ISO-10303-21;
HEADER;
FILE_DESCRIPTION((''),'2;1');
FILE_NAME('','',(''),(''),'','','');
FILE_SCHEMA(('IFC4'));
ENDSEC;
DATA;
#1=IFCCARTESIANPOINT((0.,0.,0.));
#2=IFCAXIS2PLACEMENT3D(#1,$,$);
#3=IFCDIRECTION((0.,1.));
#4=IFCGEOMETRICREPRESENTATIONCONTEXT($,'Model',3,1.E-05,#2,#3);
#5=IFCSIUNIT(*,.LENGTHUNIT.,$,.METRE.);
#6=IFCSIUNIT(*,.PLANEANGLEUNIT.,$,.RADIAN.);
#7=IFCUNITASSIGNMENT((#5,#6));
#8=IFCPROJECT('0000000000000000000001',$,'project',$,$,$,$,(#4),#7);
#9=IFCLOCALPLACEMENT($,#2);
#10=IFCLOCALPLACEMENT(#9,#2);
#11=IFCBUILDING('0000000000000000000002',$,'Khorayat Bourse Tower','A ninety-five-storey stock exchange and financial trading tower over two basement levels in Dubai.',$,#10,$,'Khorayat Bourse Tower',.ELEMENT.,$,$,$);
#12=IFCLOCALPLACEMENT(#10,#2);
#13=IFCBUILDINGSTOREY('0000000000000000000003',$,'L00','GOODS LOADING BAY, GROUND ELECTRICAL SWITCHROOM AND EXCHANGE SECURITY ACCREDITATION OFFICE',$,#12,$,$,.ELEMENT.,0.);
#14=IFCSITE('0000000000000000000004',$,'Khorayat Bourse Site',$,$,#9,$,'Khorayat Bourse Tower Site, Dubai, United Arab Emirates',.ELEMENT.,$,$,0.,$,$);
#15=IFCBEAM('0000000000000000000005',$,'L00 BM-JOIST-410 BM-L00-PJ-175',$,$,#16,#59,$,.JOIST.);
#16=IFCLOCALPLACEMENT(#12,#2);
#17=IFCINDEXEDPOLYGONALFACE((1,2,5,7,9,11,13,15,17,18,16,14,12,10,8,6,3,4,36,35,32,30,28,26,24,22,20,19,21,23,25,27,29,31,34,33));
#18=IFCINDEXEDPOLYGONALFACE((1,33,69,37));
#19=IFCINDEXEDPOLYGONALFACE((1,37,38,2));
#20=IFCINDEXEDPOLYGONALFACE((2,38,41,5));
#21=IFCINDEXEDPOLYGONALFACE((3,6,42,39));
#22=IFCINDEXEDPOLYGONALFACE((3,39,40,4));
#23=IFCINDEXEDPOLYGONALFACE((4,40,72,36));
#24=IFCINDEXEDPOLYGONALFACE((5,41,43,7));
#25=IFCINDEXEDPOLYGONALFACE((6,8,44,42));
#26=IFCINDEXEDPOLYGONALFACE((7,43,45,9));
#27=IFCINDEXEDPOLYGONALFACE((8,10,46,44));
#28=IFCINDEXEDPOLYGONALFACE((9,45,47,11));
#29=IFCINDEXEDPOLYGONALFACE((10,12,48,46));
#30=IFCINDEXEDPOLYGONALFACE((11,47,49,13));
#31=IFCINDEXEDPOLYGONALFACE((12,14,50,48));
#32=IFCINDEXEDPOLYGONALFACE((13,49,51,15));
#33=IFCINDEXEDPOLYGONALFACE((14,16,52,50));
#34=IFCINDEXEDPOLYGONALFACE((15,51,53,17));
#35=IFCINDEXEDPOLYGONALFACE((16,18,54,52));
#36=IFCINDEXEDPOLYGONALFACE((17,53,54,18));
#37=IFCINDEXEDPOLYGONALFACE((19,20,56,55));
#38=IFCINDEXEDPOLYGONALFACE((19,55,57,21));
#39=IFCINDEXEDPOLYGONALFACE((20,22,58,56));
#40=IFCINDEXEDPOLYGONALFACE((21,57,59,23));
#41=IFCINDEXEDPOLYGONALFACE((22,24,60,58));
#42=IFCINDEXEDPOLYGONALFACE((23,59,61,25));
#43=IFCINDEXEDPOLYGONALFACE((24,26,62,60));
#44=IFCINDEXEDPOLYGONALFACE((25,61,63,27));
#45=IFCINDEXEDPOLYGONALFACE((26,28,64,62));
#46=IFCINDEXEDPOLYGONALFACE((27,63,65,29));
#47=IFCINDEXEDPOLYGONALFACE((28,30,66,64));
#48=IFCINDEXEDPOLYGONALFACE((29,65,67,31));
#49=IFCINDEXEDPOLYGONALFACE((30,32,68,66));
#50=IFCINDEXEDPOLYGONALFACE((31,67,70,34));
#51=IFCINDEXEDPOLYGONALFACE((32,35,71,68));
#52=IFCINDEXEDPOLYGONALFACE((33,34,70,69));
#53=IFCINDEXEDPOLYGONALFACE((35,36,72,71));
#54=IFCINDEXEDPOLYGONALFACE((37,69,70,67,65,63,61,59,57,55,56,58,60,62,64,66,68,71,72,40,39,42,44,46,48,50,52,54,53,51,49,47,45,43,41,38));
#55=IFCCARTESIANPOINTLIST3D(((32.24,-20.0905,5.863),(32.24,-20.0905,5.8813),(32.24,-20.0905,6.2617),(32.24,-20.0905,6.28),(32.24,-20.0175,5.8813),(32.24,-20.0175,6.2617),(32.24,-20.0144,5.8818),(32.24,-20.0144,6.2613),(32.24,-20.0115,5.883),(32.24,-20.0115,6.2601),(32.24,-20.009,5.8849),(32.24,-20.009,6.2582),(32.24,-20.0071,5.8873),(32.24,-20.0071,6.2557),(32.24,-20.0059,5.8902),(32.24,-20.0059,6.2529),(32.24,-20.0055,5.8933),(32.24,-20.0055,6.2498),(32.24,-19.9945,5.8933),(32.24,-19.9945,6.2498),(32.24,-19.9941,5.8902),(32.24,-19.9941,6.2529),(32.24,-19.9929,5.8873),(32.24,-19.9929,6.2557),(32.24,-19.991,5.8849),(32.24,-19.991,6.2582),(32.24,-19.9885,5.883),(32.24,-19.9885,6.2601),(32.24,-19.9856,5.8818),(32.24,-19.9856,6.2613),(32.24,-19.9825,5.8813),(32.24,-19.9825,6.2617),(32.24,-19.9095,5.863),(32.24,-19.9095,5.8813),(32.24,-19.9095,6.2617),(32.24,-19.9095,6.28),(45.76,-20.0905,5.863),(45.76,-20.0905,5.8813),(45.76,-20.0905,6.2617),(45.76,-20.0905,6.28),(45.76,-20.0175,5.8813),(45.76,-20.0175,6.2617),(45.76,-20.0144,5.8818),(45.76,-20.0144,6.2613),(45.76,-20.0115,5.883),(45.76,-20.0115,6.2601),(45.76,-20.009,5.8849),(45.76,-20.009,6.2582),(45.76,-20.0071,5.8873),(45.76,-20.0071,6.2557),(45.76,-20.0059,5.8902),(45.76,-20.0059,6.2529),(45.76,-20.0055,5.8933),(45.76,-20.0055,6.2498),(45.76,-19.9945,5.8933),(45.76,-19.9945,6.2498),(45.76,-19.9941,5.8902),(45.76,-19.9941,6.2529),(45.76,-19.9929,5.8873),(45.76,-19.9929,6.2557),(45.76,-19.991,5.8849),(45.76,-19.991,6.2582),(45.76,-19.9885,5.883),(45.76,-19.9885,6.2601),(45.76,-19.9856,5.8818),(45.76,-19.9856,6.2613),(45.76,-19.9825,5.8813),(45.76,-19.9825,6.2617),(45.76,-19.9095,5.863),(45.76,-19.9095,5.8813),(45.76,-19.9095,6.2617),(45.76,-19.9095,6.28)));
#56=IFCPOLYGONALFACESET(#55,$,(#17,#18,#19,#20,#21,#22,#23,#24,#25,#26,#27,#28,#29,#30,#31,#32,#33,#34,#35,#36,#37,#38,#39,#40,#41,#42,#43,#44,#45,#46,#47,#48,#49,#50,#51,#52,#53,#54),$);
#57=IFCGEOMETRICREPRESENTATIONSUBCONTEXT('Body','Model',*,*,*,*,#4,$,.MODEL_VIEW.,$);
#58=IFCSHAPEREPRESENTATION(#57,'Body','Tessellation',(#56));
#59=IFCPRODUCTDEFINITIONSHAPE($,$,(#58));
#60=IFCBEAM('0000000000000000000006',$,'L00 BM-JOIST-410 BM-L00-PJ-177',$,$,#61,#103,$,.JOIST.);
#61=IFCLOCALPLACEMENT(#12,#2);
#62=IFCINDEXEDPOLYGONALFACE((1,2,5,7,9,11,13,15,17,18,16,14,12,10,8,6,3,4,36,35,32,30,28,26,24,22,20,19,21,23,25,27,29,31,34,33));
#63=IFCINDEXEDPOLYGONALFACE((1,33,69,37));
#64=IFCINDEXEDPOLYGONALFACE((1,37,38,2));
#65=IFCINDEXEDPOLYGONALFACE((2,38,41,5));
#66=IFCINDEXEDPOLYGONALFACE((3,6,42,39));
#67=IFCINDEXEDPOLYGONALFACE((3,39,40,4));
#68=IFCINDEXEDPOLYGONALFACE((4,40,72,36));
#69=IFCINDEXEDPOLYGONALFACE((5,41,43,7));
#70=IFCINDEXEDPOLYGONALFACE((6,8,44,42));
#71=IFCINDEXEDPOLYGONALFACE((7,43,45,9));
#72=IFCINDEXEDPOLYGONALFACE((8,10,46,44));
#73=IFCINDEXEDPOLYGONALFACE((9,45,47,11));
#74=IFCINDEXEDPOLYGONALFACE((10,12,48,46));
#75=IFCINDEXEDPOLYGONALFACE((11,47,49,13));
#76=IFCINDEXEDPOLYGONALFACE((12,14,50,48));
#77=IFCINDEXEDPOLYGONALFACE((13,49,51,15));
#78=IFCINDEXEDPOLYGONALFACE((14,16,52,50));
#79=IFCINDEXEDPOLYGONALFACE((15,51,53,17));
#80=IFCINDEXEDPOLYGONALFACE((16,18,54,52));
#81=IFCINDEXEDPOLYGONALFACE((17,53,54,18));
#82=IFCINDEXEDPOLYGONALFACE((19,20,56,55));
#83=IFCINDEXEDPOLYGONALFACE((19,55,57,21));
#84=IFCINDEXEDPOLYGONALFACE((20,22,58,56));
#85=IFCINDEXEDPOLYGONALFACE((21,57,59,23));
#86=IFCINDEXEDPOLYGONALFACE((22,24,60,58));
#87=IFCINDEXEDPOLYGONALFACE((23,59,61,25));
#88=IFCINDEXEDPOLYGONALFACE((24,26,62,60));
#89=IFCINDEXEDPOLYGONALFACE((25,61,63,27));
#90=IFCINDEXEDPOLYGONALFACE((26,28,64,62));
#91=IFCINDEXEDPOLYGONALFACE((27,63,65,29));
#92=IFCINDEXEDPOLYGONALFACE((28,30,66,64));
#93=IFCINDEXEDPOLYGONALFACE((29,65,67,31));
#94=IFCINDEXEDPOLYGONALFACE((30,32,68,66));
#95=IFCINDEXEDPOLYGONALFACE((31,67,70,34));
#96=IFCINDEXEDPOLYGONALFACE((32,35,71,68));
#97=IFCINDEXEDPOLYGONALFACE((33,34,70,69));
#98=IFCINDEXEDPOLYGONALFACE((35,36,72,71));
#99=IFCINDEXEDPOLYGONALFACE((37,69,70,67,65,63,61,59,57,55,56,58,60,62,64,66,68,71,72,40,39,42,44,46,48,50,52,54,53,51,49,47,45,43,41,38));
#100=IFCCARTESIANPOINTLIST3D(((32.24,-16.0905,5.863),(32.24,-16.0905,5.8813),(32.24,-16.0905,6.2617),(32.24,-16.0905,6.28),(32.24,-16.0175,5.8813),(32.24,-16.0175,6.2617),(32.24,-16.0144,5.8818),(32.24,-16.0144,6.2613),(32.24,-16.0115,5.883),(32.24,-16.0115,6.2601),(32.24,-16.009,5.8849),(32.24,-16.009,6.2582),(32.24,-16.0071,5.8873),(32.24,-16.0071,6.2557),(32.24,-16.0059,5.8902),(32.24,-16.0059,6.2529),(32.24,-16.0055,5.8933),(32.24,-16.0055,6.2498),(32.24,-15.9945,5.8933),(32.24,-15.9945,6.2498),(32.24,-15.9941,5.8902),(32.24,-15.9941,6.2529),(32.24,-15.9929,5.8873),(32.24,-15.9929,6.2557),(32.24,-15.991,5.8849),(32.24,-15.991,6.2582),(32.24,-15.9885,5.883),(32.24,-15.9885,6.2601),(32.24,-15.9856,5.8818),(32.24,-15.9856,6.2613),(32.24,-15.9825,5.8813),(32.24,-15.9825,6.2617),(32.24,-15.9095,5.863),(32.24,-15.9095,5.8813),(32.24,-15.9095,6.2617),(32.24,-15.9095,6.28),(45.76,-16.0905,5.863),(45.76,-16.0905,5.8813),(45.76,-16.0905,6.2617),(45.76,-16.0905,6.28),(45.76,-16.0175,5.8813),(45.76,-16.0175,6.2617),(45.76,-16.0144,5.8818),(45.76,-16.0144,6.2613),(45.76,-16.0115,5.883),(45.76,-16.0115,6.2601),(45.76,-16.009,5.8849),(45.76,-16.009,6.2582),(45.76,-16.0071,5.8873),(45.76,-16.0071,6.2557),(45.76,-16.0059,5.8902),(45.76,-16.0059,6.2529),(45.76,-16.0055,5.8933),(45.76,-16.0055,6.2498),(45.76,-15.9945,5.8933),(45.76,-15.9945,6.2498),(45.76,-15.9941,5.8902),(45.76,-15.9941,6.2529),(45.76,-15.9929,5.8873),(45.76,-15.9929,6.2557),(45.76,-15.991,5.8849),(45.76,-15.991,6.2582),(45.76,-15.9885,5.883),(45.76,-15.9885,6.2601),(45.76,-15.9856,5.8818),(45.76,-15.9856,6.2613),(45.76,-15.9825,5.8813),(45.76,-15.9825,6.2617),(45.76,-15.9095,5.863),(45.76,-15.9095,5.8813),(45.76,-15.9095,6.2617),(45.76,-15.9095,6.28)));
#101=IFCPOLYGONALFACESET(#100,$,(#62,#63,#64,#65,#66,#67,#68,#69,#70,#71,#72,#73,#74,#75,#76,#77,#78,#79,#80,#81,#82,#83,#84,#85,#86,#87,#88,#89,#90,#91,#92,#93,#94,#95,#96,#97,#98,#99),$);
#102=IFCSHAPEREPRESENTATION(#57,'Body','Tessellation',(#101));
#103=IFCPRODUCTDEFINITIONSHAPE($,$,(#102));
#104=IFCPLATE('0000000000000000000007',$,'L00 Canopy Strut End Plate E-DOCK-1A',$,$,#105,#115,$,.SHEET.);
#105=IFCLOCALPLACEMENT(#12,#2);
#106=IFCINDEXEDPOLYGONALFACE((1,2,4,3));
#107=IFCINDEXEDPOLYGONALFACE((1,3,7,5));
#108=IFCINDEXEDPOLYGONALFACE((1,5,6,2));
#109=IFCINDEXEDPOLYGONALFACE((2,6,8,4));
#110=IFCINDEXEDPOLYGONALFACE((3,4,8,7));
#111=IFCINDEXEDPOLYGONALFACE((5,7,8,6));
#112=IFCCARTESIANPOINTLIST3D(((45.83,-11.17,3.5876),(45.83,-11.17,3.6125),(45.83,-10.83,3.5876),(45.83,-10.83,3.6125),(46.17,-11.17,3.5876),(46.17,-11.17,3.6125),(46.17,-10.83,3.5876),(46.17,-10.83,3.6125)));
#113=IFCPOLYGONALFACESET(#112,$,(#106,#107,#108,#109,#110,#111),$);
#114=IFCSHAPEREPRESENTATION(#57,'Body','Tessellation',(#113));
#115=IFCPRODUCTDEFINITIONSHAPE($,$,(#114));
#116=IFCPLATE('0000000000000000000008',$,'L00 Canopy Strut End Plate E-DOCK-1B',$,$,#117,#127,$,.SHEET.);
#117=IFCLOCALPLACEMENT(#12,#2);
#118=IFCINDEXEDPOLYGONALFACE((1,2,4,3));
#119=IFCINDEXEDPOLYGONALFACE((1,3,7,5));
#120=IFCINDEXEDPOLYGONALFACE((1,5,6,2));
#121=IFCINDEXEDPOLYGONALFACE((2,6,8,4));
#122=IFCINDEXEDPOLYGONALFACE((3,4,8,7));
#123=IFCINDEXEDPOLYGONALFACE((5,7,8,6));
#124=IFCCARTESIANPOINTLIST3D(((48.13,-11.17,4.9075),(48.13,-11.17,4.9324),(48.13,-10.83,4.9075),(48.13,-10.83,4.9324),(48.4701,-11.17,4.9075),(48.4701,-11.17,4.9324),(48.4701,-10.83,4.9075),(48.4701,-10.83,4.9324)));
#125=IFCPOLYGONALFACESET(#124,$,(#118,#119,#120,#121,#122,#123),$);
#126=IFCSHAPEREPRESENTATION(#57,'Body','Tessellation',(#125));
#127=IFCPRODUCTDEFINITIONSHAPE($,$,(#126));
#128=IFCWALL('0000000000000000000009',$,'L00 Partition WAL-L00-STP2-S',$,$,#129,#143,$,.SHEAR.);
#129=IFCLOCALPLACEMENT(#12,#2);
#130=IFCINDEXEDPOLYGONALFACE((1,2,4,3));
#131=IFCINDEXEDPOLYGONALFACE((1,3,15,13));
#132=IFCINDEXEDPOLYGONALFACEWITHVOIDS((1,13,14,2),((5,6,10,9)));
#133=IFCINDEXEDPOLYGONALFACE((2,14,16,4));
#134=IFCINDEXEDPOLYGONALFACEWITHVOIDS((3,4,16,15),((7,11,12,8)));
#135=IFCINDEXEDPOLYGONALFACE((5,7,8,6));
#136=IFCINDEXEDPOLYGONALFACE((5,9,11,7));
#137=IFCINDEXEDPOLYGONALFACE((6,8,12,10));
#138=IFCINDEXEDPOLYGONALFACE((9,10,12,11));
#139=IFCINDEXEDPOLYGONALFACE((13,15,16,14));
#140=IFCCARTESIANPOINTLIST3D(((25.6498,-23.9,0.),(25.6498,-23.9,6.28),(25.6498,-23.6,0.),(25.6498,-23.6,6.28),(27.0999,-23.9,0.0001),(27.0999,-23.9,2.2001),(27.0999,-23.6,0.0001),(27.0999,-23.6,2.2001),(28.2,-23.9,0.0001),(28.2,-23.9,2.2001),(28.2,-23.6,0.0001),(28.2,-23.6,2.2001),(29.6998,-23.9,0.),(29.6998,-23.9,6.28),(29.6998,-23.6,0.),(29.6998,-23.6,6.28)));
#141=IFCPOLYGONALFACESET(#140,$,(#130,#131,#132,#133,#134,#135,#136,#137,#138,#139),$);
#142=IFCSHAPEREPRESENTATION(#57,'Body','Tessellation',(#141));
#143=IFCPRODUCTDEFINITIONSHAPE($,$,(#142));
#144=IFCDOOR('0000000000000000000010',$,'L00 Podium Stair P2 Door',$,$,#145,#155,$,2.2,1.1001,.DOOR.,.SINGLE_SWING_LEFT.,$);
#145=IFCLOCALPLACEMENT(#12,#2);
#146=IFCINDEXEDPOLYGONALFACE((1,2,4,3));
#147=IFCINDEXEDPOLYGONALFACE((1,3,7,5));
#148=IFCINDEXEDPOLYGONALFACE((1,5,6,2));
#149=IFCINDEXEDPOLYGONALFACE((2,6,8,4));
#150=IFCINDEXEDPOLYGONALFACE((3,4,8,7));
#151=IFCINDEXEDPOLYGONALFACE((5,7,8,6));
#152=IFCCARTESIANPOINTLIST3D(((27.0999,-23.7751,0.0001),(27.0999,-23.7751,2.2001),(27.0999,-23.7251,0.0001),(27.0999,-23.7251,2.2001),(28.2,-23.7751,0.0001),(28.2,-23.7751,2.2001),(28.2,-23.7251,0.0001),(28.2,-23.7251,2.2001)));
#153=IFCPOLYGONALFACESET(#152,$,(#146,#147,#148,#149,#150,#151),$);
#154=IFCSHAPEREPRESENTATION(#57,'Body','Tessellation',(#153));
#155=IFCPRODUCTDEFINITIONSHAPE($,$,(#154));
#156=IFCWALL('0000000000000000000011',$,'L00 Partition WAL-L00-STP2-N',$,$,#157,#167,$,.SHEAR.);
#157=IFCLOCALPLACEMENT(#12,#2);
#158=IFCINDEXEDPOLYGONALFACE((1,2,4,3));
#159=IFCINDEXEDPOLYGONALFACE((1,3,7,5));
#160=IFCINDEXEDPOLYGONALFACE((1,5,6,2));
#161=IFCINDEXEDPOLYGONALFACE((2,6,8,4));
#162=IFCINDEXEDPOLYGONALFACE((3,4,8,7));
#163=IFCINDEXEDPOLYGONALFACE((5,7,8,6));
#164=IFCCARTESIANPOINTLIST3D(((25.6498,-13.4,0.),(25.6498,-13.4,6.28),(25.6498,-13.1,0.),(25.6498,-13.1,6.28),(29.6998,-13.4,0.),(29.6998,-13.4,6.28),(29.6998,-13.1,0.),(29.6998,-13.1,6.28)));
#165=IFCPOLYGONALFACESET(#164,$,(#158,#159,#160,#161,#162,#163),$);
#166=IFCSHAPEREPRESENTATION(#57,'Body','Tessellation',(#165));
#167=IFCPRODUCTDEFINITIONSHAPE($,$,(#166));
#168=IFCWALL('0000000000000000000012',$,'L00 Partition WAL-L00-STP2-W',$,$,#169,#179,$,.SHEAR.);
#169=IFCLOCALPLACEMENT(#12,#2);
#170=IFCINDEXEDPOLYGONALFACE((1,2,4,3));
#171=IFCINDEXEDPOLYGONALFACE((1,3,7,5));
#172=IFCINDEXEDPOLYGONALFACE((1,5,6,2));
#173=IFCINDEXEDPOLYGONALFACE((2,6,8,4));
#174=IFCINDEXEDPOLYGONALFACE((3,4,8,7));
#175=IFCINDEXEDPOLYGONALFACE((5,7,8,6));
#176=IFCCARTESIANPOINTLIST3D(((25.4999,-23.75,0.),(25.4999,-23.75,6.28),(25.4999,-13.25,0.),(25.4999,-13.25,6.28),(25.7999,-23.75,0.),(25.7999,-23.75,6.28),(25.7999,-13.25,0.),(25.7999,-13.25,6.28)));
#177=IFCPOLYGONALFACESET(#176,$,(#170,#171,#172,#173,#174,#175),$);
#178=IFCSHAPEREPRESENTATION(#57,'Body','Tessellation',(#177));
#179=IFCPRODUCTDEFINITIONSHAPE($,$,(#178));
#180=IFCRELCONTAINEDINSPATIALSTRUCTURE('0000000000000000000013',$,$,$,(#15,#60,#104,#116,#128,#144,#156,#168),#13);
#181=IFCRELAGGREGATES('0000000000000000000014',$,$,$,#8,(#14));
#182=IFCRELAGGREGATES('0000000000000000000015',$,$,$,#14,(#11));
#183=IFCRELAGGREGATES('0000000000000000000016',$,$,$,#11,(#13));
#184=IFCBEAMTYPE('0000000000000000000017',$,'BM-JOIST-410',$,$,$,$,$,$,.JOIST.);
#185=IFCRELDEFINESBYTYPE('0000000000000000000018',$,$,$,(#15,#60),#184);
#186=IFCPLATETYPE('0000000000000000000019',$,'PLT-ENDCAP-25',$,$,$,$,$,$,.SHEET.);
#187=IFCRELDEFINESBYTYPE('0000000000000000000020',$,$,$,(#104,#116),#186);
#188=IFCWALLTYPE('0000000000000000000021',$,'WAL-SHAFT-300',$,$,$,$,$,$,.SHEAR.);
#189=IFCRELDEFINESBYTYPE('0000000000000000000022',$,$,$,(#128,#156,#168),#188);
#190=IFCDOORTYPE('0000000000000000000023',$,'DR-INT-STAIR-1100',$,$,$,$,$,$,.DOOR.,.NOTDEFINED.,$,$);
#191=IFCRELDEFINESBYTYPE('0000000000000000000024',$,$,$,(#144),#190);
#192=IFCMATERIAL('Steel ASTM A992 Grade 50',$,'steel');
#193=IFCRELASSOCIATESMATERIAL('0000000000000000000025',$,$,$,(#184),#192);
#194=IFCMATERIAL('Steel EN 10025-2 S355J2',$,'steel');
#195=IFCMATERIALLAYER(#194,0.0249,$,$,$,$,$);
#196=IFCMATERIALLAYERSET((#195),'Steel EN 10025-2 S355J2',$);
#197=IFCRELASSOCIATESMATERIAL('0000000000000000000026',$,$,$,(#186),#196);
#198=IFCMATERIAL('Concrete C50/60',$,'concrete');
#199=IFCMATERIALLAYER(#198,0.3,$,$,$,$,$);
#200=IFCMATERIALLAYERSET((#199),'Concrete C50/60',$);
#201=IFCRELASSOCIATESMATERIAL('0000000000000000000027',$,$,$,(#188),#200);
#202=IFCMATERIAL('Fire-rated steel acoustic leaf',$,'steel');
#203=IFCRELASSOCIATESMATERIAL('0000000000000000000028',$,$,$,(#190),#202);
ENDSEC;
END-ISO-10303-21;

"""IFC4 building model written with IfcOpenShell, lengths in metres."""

from ifc_helpers import new_model, si_unit, direction, frame, frame_2d, origin, origin_2d, place, context, subcontext, project, spatial, rectangle, i_section, extrude, source, transform, mapped, material, layer, layer_set, material_profile, profile_set, type_object, element, fill, save


model = new_model("IFC4")

# Units and contexts
model_context = context("Model", 3, precision=1e-05, world=origin(), true_north=direction((0.0, 1.0)))
body_context = subcontext(model_context, "Body", "Model", "MODEL_VIEW")
ifc_project = project(units=[si_unit("LENGTHUNIT", "METRE"), si_unit("PLANEANGLEUNIT", "RADIAN")], contexts=[model_context])

# Site, building, storey
site_placement = place(None, origin())
site = spatial("IfcSite", under=ifc_project, at=site_placement, Name="Khorayat Bourse Site", LongName="Khorayat Bourse Tower Site, Dubai, United Arab Emirates", CompositionType="ELEMENT", RefElevation=0.0)
building_placement = place(site_placement, origin())
building = spatial("IfcBuilding", under=site, at=building_placement, Name="Khorayat Bourse Tower", Description="A ninety-five-storey stock exchange and financial trading tower over two basement levels in Dubai.", LongName="Khorayat Bourse Tower", CompositionType="ELEMENT")
storey_placement = place(building_placement, origin())
storey = spatial("IfcBuildingStorey", under=building, at=storey_placement, Name="L00", Description="GOODS LOADING BAY, GROUND ELECTRICAL SWITCHROOM AND EXCHANGE SECURITY ACCREDITATION OFFICE", CompositionType="ELEMENT", Elevation=0.0)

# Shared definitions
ifc_material_1 = material(Name="Steel EN 10025-2 S355J2", Category="steel")

# Beams
ifc_material_2 = material(Name="Steel ASTM A992 Grade 50", Category="steel")
ifc_material_profile_1 = material_profile(ifc_material_2, i_section(OverallWidth=0.1809, OverallDepth=0.417, WebThickness=0.011, FlangeThickness=0.0183, FilletRadius=0.012, at=origin_2d()), Name="W410X85")
ifc_profile_set_1 = profile_set([ifc_material_profile_1], Name="Steel ASTM A992 Grade 50")
beam_type_1 = type_object("IfcBeamType", Name="BM-JOIST-410", PredefinedType="JOIST", material=ifc_profile_set_1)
shared_shape_1 = source(origin(), body_context, "Body", "SweptSolid", [
    extrude(i_section(OverallWidth=0.1809, OverallDepth=0.417, WebThickness=0.011, FlangeThickness=0.0183, FilletRadius=0.012, at=origin_2d()), origin(), (0.0, 0.0, 1.0), 13.52),
])
for number, where, z_axis, x_axis, name in (
    (1, (32.24, -20.0, 6.0715), (1.0, 0.0, 0.0), (0.0, 1.0, 0.0), "L00 BM-JOIST-410 BM-L00-PJ-175"),
    (2, (32.24, -16.0, 6.0715), (1.0, 0.0, 0.0), (0.0, 1.0, 0.0), "L00 BM-JOIST-410 BM-L00-PJ-177"),
):
    element("IfcBeam", number, at=place(storey_placement, frame(where, z_axis=z_axis, x_axis=x_axis)), inside=storey, type_object=beam_type_1, Name=name, PredefinedType="JOIST", context=body_context, shape_type="MappedRepresentation", body=[
        mapped(shared_shape_1, transform((0.0, 0.0, 0.0), scale=1.0)),
    ])

# Plates
ifc_layer_1 = layer(ifc_material_1, 0.0249)
ifc_layer_set_1 = layer_set([ifc_layer_1], Name="Steel EN 10025-2 S355J2")
plate_type = type_object("IfcPlateType", Name="PLT-ENDCAP-25", PredefinedType="SHEET", material=ifc_layer_set_1)
shared_shape_2 = source(origin(), body_context, "Body", "SweptSolid", [
    extrude(rectangle(XDim=0.3401, YDim=0.3401, at=origin_2d()), origin(), (0.0, 0.0, 1.0), 0.0249),
])
for number, where, z_axis, x_axis, name in (
    (3, (46.0, -11.0, 3.5876), (0.0, 0.0, 1.0), (1.0, 0.0, 0.0), "L00 Canopy Strut End Plate E-DOCK-1A"),
    (4, (48.3, -11.0, 4.9075), (0.0, 0.0, 1.0), (1.0, 0.0, 0.0), "L00 Canopy Strut End Plate E-DOCK-1B"),
):
    element("IfcPlate", number, at=place(storey_placement, frame(where, z_axis=z_axis, x_axis=x_axis)), inside=storey, type_object=plate_type, Name=name, PredefinedType="SHEET", context=body_context, shape_type="MappedRepresentation", body=[
        mapped(shared_shape_2, transform((0.0, 0.0, 0.0), scale=1.0)),
    ])

# Wall, opening, door
ifc_material_3 = material(Name="Concrete C50/60", Category="concrete")
ifc_layer_2 = layer(ifc_material_3, 0.3)
ifc_layer_set_2 = layer_set([ifc_layer_2], Name="Concrete C50/60")
wall_type_1 = type_object("IfcWallType", Name="WAL-SHAFT-300", PredefinedType="SHEAR", material=ifc_layer_set_2)
shared_shape_3 = source(origin(), body_context, "Body", "SweptSolid", [
    extrude(rectangle(XDim=4.05, YDim=0.3, at=frame_2d((2.0249, 0.0))), origin(), (0.0, 0.0, 1.0), 6.28),
])
wall_1_placement = place(storey_placement, frame((25.6499, -23.75, 0.0), z_axis=(0.0, 0.0, 1.0), x_axis=(1.0, 0.0, 0.0)))
wall_1 = element("IfcWall", 5, at=wall_1_placement, inside=storey, type_object=wall_type_1, Name="L00 Partition WAL-L00-STP2-S", PredefinedType="SHEAR", context=body_context, shape_type="MappedRepresentation", body=[
    mapped(shared_shape_3, transform((0.0, 0.0, 0.0), scale=1.0)),
])
shared_shape_4 = source(origin(), body_context, "Body", "SweptSolid", [
    extrude(rectangle(XDim=1.1001, YDim=2.2, at=frame_2d((0.55, 1.1001))), frame((0.0, 0.1599, 0.0), z_axis=(0.0, -1.0, 0.0), x_axis=(1.0, 0.0, 0.0)), (0.0, 0.0, 1.0), 0.3201),
])
opening_placement = place(wall_1_placement, frame((1.45, 0.0, 0.0)))
opening = element("IfcOpeningElement", 6, at=opening_placement, cuts=wall_1, PredefinedType="OPENING", context=body_context, shape_type="MappedRepresentation", body=[
    mapped(shared_shape_4, transform((0.0, 0.0, 0.0), scale=1.0)),
])
ifc_material_4 = material(Name="Fire-rated steel acoustic leaf", Category="steel")
door_type = type_object("IfcDoorType", Name="DR-INT-STAIR-1100", OperationType="NOTDEFINED", PredefinedType="DOOR", material=ifc_material_4)
shared_shape_5 = source(origin(), body_context, "Body", "SweptSolid", [
    extrude(rectangle(XDim=1.1001, YDim=2.2, at=frame_2d((0.55, 1.1001))), frame((0.0, 0.0249, 0.0), z_axis=(0.0, -1.0, 0.0), x_axis=(1.0, 0.0, 0.0)), (0.0, 0.0, 1.0), 0.05),
])
door_placement = place(opening_placement, origin())
door = element("IfcDoor", 7, at=door_placement, inside=storey, type_object=door_type, Name="L00 Podium Stair P2 Door", OperationType="SINGLE_SWING_LEFT", OverallHeight=2.2, OverallWidth=1.1001, PredefinedType="DOOR", context=body_context, shape_type="MappedRepresentation", body=[
    mapped(shared_shape_5, transform((0.0, 0.0, 0.0), scale=1.0)),
])
fill(opening, door)

# Walls
wall_2_placement = place(storey_placement, frame((25.6499, -13.25, 0.0), z_axis=(0.0, 0.0, 1.0), x_axis=(1.0, 0.0, 0.0)))
element("IfcWall", 8, at=wall_2_placement, inside=storey, type_object=wall_type_1, Name="L00 Partition WAL-L00-STP2-N", PredefinedType="SHEAR", context=body_context, shape_type="MappedRepresentation", body=[
    mapped(shared_shape_3, transform((0.0, 0.0, 0.0), scale=1.0)),
])
shared_shape_6 = source(origin(), body_context, "Body", "SweptSolid", [
    extrude(rectangle(XDim=10.5, YDim=0.3, at=frame_2d((5.25, 0.0))), origin(), (0.0, 0.0, 1.0), 6.28),
])
for number, where, z_axis, x_axis, name in (
    (9, (25.6499, -23.75, 0.0), (0.0, 0.0, 1.0), (0.0, 1.0, 0.0), "L00 Partition WAL-L00-STP2-W"),
):
    element("IfcWall", number, at=place(storey_placement, frame(where, z_axis=z_axis, x_axis=x_axis)), inside=storey, type_object=wall_type_1, Name=name, PredefinedType="SHEAR", context=body_context, shape_type="MappedRepresentation", body=[
        mapped(shared_shape_6, transform((0.0, 0.0, 0.0), scale=1.0)),
    ])

save(model, "model.ifc")
